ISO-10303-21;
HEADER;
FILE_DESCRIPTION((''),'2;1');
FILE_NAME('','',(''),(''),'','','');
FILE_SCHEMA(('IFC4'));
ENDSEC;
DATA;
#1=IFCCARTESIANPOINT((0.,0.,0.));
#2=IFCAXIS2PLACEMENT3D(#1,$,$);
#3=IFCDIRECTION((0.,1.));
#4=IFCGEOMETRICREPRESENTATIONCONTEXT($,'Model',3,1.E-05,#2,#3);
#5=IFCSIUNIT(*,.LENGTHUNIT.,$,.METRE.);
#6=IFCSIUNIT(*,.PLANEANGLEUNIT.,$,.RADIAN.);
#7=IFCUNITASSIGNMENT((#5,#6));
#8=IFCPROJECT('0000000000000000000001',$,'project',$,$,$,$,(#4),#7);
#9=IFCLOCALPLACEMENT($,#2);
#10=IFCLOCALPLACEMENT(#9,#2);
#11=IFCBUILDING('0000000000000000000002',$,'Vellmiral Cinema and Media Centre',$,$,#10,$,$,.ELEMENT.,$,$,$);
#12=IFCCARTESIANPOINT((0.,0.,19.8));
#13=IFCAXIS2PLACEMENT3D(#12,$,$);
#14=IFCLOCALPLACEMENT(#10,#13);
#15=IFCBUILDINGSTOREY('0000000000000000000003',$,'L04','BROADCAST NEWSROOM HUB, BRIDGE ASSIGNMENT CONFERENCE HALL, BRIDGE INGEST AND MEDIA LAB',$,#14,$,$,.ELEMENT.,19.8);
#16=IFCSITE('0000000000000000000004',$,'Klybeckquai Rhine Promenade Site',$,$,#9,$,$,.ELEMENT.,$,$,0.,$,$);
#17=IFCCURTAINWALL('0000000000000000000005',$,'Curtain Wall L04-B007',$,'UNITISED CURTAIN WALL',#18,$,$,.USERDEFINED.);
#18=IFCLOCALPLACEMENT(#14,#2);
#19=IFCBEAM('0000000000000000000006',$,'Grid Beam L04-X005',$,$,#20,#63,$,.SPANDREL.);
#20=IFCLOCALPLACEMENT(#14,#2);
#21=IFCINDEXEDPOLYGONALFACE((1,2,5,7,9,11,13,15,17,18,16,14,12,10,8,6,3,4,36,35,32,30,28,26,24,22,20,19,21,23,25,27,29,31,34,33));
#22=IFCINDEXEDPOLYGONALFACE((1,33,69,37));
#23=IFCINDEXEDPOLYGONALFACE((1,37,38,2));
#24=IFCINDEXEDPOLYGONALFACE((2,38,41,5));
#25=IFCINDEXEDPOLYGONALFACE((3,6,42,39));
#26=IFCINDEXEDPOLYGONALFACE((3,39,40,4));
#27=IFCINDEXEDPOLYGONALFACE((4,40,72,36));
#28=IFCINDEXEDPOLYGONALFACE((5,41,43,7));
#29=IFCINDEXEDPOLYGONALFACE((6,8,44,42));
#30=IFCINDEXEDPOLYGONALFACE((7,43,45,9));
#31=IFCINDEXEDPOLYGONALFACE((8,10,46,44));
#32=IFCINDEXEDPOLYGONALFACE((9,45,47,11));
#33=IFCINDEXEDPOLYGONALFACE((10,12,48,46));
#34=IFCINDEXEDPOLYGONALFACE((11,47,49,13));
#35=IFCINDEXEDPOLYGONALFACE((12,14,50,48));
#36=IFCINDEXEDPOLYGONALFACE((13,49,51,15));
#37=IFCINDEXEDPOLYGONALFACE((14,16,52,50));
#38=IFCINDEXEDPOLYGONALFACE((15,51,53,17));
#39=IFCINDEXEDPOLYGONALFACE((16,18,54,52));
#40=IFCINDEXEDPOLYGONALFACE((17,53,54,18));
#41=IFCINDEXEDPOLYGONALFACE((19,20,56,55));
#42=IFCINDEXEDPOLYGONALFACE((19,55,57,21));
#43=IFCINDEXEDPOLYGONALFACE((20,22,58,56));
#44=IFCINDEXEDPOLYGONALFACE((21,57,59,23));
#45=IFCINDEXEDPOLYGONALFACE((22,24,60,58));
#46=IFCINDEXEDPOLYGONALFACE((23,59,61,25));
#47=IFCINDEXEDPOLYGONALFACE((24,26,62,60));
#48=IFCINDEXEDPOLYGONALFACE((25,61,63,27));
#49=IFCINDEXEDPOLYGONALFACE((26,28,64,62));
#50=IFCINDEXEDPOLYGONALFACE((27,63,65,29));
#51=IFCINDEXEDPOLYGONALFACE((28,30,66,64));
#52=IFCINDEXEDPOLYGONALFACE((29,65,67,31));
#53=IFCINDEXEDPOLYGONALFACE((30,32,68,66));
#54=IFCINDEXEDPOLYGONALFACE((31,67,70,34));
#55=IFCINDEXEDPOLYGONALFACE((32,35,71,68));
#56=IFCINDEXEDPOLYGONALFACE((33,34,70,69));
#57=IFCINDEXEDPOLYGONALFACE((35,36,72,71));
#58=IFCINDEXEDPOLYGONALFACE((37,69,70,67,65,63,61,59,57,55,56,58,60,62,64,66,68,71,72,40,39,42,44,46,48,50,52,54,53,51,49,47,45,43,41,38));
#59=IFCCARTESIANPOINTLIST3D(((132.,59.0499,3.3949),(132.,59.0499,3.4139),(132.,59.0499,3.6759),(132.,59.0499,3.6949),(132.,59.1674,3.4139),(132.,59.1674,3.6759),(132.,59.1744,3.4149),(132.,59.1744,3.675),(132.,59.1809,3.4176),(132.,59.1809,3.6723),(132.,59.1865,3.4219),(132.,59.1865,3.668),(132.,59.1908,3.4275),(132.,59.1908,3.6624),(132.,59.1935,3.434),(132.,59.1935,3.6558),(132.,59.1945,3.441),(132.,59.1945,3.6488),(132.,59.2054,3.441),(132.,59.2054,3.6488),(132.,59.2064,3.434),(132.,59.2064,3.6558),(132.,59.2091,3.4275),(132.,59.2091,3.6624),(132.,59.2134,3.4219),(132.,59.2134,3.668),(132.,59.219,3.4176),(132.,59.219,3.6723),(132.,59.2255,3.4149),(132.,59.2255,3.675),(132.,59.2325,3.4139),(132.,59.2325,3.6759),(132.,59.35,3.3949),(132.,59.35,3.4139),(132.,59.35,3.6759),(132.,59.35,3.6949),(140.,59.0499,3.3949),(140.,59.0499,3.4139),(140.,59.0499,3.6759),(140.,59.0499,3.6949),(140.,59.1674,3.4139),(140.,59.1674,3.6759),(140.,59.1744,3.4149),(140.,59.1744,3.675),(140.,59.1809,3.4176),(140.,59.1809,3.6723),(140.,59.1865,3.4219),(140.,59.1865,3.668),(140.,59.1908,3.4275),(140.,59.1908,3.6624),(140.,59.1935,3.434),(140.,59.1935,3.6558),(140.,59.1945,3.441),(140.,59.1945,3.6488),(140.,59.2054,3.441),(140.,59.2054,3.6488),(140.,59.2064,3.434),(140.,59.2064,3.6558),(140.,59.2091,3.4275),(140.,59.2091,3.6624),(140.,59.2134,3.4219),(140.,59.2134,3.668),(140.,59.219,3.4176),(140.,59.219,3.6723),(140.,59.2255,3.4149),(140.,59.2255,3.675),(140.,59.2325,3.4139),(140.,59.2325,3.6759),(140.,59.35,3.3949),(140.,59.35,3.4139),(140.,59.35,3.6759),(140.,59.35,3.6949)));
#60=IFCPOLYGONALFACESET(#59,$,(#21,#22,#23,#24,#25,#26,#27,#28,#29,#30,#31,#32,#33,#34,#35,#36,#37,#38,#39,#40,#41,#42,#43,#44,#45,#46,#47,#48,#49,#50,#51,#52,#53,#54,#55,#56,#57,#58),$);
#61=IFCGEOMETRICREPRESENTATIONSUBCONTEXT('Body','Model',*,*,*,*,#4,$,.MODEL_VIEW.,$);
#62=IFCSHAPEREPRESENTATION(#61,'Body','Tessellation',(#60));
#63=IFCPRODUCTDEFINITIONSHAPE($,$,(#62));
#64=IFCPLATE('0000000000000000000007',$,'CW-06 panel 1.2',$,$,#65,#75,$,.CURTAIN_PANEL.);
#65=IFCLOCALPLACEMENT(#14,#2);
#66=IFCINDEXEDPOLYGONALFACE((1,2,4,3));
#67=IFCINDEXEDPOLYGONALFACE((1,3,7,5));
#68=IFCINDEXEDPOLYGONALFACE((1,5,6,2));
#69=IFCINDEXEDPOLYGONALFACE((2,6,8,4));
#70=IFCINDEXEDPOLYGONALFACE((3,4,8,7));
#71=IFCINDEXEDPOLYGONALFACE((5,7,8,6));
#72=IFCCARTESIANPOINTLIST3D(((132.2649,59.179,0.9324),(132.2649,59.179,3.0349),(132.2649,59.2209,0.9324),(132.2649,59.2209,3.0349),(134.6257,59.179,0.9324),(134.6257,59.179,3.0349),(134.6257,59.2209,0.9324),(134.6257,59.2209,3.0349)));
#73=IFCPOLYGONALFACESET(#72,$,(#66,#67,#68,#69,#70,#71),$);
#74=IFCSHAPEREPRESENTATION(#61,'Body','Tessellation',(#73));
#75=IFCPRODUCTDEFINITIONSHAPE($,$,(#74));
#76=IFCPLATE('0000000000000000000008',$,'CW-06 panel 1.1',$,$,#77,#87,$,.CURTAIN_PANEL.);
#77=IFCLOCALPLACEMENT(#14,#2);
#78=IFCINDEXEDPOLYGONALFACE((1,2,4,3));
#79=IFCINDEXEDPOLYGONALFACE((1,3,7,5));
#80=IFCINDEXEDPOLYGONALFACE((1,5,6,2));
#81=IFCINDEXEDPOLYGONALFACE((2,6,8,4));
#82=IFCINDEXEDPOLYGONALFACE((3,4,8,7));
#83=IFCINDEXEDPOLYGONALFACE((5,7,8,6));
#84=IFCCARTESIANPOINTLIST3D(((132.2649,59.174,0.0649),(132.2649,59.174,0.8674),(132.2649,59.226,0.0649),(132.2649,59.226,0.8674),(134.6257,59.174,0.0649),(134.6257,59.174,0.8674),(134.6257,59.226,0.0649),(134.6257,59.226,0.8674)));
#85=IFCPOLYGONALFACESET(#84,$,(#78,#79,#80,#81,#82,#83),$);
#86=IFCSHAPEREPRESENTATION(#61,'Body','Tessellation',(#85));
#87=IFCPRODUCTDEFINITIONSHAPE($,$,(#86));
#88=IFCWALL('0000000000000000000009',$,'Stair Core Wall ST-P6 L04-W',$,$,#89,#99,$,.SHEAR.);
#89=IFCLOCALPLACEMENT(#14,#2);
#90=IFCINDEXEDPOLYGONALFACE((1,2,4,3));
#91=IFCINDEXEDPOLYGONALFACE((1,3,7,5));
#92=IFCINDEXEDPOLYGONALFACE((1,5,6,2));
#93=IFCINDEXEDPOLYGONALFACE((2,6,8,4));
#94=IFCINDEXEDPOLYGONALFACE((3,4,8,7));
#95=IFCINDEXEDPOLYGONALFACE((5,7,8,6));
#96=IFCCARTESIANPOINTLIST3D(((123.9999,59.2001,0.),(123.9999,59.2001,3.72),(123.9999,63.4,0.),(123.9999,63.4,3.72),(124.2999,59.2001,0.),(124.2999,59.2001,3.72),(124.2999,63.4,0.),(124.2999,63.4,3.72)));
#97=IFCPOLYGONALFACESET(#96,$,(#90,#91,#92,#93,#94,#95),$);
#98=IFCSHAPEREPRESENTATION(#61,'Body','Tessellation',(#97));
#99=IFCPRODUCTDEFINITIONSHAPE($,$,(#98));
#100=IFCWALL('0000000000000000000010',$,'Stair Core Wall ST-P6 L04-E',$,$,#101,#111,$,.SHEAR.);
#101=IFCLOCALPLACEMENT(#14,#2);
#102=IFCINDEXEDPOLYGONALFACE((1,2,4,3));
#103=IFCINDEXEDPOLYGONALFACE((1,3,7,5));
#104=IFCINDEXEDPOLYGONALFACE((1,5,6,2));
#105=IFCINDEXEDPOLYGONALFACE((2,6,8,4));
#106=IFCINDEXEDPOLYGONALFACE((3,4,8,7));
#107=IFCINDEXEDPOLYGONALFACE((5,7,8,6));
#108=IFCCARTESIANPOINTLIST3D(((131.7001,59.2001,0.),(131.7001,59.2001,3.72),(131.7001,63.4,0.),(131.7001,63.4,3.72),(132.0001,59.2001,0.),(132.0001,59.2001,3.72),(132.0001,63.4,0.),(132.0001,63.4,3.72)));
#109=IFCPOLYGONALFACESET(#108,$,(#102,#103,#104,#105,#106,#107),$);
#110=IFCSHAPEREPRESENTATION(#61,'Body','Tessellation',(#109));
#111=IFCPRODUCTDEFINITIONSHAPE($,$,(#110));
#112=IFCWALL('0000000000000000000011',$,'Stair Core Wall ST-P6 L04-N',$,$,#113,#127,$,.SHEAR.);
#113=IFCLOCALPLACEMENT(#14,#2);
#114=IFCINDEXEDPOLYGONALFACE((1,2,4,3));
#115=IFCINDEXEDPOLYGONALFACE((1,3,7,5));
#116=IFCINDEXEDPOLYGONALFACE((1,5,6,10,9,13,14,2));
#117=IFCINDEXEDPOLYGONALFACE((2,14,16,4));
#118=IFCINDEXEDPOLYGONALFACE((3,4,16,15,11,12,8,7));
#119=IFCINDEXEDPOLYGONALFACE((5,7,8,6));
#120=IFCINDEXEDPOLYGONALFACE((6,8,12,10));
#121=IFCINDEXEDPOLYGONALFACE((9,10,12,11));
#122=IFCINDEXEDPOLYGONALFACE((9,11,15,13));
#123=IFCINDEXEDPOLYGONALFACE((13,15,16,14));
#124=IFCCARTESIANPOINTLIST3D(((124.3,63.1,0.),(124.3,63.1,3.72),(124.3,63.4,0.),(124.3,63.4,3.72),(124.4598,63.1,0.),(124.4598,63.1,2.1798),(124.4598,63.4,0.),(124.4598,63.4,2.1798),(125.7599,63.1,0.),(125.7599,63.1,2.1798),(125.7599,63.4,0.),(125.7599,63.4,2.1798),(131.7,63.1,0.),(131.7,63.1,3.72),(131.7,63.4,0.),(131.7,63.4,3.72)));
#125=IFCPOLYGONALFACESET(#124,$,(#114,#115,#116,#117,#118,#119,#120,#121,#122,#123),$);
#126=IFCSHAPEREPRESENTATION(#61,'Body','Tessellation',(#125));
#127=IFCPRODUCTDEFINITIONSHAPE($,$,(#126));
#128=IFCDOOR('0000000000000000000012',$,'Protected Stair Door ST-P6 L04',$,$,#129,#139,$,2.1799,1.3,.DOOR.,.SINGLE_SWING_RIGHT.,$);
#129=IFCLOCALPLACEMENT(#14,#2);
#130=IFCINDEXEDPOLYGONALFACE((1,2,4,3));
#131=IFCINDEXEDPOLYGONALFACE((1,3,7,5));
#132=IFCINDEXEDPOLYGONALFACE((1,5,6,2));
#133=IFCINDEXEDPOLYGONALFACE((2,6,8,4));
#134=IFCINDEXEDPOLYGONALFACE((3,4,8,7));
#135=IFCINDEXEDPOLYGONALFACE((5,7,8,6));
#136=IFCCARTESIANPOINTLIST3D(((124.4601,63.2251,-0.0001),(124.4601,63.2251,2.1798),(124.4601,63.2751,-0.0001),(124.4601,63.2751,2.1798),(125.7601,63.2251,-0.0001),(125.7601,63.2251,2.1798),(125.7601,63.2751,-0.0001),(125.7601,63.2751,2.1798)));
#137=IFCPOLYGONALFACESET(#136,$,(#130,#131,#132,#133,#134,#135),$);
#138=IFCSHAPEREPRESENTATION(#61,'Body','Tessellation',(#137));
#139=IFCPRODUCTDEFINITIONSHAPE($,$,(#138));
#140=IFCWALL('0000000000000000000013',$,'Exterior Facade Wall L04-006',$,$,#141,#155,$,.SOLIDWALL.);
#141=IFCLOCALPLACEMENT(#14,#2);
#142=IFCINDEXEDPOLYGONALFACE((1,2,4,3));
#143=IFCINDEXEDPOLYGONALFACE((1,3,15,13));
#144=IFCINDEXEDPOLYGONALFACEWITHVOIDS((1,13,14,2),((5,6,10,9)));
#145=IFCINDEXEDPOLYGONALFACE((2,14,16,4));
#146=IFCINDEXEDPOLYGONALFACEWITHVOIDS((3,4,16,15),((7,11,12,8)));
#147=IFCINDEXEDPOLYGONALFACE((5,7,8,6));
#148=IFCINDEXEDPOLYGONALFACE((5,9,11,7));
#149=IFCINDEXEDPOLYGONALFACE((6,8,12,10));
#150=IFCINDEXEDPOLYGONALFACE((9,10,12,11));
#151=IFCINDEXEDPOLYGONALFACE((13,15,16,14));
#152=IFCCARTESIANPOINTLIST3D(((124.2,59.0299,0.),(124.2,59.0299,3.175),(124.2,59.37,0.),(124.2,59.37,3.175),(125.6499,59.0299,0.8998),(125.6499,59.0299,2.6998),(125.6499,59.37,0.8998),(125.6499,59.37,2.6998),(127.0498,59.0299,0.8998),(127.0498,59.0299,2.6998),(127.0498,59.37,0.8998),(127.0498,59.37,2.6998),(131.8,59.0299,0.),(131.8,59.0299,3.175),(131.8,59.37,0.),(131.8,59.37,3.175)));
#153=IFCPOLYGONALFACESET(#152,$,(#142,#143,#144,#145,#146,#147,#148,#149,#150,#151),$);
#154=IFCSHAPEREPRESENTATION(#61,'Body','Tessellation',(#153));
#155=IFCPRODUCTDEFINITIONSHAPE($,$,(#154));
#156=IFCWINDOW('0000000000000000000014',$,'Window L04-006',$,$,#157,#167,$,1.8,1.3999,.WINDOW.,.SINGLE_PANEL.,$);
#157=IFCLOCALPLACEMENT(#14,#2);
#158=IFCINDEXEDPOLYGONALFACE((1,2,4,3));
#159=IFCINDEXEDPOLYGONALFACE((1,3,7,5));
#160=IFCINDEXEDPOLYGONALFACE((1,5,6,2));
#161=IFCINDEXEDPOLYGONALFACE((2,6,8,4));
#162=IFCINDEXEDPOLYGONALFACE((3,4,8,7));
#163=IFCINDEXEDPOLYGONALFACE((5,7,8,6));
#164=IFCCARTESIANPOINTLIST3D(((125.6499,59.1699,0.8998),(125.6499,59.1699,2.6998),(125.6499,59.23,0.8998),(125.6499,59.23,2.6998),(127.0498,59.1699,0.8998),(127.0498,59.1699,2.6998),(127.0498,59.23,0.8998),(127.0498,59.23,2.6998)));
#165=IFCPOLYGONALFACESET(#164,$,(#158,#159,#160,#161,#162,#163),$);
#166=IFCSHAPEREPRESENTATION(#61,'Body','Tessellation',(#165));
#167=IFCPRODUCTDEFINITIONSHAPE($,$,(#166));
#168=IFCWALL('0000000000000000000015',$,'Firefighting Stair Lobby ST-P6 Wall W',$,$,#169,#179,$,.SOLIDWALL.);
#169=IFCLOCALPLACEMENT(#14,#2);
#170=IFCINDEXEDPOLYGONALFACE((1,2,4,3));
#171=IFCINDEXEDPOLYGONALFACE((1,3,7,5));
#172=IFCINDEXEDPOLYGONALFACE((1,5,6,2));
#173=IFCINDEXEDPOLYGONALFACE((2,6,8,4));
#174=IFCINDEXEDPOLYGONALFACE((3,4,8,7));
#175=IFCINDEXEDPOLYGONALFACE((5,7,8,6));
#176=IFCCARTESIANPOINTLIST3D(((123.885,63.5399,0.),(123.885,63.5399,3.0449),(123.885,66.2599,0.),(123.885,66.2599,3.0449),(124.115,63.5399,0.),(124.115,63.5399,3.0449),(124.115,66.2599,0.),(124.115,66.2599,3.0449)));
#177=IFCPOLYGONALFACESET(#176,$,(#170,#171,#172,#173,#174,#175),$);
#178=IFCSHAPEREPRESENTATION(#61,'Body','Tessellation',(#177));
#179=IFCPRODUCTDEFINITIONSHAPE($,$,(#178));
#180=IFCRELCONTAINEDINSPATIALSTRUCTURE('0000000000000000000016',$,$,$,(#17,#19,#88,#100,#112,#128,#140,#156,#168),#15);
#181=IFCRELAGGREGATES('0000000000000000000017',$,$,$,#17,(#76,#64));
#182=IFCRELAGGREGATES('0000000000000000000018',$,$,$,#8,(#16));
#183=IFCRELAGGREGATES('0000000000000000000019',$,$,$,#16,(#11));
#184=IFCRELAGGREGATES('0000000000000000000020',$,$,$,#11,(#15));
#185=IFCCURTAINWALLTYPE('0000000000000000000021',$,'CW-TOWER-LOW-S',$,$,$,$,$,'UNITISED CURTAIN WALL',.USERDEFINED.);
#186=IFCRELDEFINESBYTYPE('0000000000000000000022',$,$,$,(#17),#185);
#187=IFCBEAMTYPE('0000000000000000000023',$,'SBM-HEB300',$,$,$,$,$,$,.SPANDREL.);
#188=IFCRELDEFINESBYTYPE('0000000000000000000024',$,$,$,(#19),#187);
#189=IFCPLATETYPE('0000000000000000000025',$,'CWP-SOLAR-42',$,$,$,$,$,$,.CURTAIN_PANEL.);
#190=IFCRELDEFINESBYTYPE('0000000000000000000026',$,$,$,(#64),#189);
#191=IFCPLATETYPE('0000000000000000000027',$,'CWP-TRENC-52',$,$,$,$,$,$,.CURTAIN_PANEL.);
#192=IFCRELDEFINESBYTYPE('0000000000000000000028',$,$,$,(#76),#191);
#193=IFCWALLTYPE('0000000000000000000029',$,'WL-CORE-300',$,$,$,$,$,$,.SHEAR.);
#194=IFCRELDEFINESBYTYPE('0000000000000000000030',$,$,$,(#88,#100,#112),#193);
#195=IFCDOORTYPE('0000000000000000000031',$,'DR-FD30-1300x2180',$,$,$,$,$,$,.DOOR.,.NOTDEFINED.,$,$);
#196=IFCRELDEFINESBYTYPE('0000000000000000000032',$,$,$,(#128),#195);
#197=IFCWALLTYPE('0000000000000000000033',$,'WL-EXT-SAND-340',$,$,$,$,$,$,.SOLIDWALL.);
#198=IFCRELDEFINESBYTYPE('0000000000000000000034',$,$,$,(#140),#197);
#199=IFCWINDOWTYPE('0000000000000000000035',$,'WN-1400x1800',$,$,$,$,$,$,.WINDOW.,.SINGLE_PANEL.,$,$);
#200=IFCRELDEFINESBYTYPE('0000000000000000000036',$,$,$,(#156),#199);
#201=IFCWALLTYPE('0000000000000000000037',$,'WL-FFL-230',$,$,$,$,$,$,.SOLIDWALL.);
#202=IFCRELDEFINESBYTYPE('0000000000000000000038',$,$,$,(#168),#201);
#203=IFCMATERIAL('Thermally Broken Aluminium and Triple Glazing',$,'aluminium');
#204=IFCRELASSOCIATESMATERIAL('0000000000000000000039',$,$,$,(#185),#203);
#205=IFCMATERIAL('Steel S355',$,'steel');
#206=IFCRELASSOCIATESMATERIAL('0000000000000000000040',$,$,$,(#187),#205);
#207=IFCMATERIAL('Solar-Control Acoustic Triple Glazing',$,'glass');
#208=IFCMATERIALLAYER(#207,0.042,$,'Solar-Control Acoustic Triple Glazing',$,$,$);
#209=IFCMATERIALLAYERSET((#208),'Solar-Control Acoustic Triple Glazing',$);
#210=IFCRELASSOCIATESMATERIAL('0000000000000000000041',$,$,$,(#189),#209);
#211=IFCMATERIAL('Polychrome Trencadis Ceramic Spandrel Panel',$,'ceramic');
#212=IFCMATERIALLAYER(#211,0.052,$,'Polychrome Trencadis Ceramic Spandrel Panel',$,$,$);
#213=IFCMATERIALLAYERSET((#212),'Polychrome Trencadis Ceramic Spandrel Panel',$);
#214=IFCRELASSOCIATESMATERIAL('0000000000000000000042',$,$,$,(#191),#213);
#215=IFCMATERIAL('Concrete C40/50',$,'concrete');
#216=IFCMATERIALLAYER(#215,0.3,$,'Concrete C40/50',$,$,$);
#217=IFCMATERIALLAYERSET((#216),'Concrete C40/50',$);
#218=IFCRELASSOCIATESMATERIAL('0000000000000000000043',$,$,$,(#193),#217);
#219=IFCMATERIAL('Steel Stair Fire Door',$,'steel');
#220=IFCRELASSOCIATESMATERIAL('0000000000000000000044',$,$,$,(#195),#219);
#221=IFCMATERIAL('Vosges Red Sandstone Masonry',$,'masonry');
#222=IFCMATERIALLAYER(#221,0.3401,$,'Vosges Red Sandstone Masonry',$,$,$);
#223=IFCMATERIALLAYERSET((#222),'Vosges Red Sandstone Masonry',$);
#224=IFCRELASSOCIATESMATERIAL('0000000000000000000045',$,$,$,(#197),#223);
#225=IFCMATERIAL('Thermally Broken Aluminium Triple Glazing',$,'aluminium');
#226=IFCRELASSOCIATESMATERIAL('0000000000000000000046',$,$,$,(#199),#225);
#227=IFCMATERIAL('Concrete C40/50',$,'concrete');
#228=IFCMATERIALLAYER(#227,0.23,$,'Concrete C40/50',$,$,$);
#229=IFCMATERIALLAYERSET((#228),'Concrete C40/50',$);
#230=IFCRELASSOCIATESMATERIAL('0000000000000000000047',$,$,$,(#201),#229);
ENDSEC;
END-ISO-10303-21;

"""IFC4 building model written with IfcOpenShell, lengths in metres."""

from ifc_helpers import new_model, si_unit, direction, frame, frame_2d, origin, origin_2d, place, context, subcontext, project, spatial, rectangle, i_section, extrude, material, layer, layer_set, material_profile, profile_set, type_object, element, fill, aggregate, save


model = new_model("IFC4")

# Units and contexts
model_context = context("Model", 3, precision=1e-05, world=origin(), true_north=direction((0.0, 1.0)))
body_context = subcontext(model_context, "Body", "Model", "MODEL_VIEW")
ifc_project = project(units=[si_unit("LENGTHUNIT", "METRE"), si_unit("PLANEANGLEUNIT", "RADIAN")], contexts=[model_context])

# Site, building, storey
site_placement = place(None, origin())
site = spatial("IfcSite", under=ifc_project, at=site_placement, Name="Klybeckquai Rhine Promenade Site", CompositionType="ELEMENT", RefElevation=0.0)
building_placement = place(site_placement, origin())
building = spatial("IfcBuilding", under=site, at=building_placement, Name="Vellmiral Cinema and Media Centre", CompositionType="ELEMENT")
storey_placement = place(building_placement, frame((0.0, 0.0, 19.8)))
storey = spatial("IfcBuildingStorey", under=building, at=storey_placement, Name="L04", Description="BROADCAST NEWSROOM HUB, BRIDGE ASSIGNMENT CONFERENCE HALL, BRIDGE INGEST AND MEDIA LAB", CompositionType="ELEMENT", Elevation=19.8)

# Curtain wall
ifc_material_1 = material(Name="Thermally Broken Aluminium and Triple Glazing", Category="aluminium")
curtain_wall_type = type_object("IfcCurtainWallType", Name="CW-TOWER-LOW-S", ElementType="UNITISED CURTAIN WALL", PredefinedType="USERDEFINED", material=ifc_material_1)
curtain_wall_placement = place(storey_placement, origin())
curtain_wall = element("IfcCurtainWall", 1, at=curtain_wall_placement, inside=storey, type_object=curtain_wall_type, Name="Curtain Wall L04-B007", ObjectType="UNITISED CURTAIN WALL", PredefinedType="USERDEFINED")

# Beam
ifc_material_2 = material(Name="Steel S355", Category="steel")
ifc_material_profile_1 = material_profile(ifc_material_2, i_section(OverallWidth=0.3, OverallDepth=0.3, WebThickness=0.011, FlangeThickness=0.019, FilletRadius=0.0271, at=origin_2d()), Name="HEB 300")
ifc_profile_set_1 = profile_set([ifc_material_profile_1], Name="Steel S355")
beam_type_1 = type_object("IfcBeamType", Name="SBM-HEB300", PredefinedType="SPANDREL", material=ifc_profile_set_1)
beam_1_placement = place(storey_placement, frame((132.0, 59.2, 3.5449), z_axis=(1.0, 0.0, 0.0), x_axis=(0.0, 1.0, 0.0)))
element("IfcBeam", 2, at=beam_1_placement, inside=storey, type_object=beam_type_1, Name="Grid Beam L04-X005", PredefinedType="SPANDREL", context=body_context, shape_type="SweptSolid", body=[
    extrude(i_section(OverallWidth=0.3, OverallDepth=0.3, WebThickness=0.011, FlangeThickness=0.019, FilletRadius=0.0271, at=origin_2d()), origin(), (0.0, 0.0, 1.0), 8.0),
])

# Plates
ifc_material_3 = material(Name="Solar-Control Acoustic Triple Glazing", Category="glass")
ifc_layer_1 = layer(ifc_material_3, 0.042, Name="Solar-Control Acoustic Triple Glazing")
ifc_layer_set_1 = layer_set([ifc_layer_1], Name="Solar-Control Acoustic Triple Glazing")
plate_type_1 = type_object("IfcPlateType", Name="CWP-SOLAR-42", PredefinedType="CURTAIN_PANEL", material=ifc_layer_set_1)
plate_1_placement = place(storey_placement, frame((133.4453, 59.2, 0.9324), z_axis=(0.0, 0.0, 1.0), x_axis=(1.0, 0.0, 0.0)))
plate_1 = element("IfcPlate", 3, at=plate_1_placement, type_object=plate_type_1, Name="CW-06 panel 1.2", PredefinedType="CURTAIN_PANEL", context=body_context, shape_type="SweptSolid", body=[
    extrude(rectangle(XDim=2.3608, YDim=0.042, at=origin_2d()), origin(), (0.0, 0.0, 1.0), 2.1025),
])
ifc_material_4 = material(Name="Polychrome Trencadis Ceramic Spandrel Panel", Category="ceramic")
ifc_layer_2 = layer(ifc_material_4, 0.052, Name="Polychrome Trencadis Ceramic Spandrel Panel")
ifc_layer_set_2 = layer_set([ifc_layer_2], Name="Polychrome Trencadis Ceramic Spandrel Panel")
plate_type_2 = type_object("IfcPlateType", Name="CWP-TRENC-52", PredefinedType="CURTAIN_PANEL", material=ifc_layer_set_2)
plate_2_placement = place(storey_placement, frame((133.4453, 59.2, 0.0649), z_axis=(0.0, 0.0, 1.0), x_axis=(1.0, 0.0, 0.0)))
plate_2 = element("IfcPlate", 4, at=plate_2_placement, type_object=plate_type_2, Name="CW-06 panel 1.1", PredefinedType="CURTAIN_PANEL", context=body_context, shape_type="SweptSolid", body=[
    extrude(rectangle(XDim=2.3608, YDim=0.052, at=origin_2d()), origin(), (0.0, 0.0, 1.0), 0.8025),
])
aggregate(curtain_wall, [plate_2, plate_1])

# Walls
ifc_material_5 = material(Name="Concrete C40/50", Category="concrete")
ifc_layer_3 = layer(ifc_material_5, 0.3, Name="Concrete C40/50")
ifc_layer_set_3 = layer_set([ifc_layer_3], Name="Concrete C40/50")
wall_type_1 = type_object("IfcWallType", Name="WL-CORE-300", PredefinedType="SHEAR", material=ifc_layer_set_3)
for number, where, z_axis, x_axis, name in (
    (5, (124.1499, 59.2, 0.0), (0.0, 0.0, 1.0), (0.0, 1.0, 0.0), "Stair Core Wall ST-P6 L04-W"),
    (6, (131.8501, 59.2, 0.0), (0.0, 0.0, 1.0), (0.0, 1.0, 0.0), "Stair Core Wall ST-P6 L04-E"),
):
    element("IfcWall", number, at=place(storey_placement, frame(where, z_axis=z_axis, x_axis=x_axis)), inside=storey, type_object=wall_type_1, Name=name, PredefinedType="SHEAR", context=body_context, shape_type="SweptSolid", body=[
        extrude(rectangle(XDim=4.2, YDim=0.3, at=frame_2d((2.1001, 0.0))), origin(), (0.0, 0.0, 1.0), 3.72),
    ])

# Wall, opening, door
wall_1_placement = place(storey_placement, frame((124.3, 63.25, 0.0), z_axis=(0.0, 0.0, 1.0), x_axis=(1.0, 0.0, 0.0)))
wall_1 = element("IfcWall", 7, at=wall_1_placement, inside=storey, type_object=wall_type_1, Name="Stair Core Wall ST-P6 L04-N", PredefinedType="SHEAR", context=body_context, shape_type="SweptSolid", body=[
    extrude(rectangle(XDim=7.3999, YDim=0.3, at=frame_2d((3.7, 0.0))), origin(), (0.0, 0.0, 1.0), 3.72),
])
opening_1_placement = place(wall_1_placement, frame((0.1599, 0.0, 0.0)))
opening_1 = element("IfcOpeningElement", 8, at=opening_1_placement, cuts=wall_1, PredefinedType="OPENING", context=body_context, shape_type="SweptSolid", body=[
    extrude(rectangle(XDim=1.3, YDim=2.1799, at=frame_2d((0.6499, 1.0898))), frame((0.0, 0.1621, 0.0), z_axis=(0.0, -1.0, 0.0), x_axis=(1.0, 0.0, 0.0)), (0.0, 0.0, 1.0), 0.324),
])
ifc_material_6 = material(Name="Steel Stair Fire Door", Category="steel")
door_type = type_object("IfcDoorType", Name="DR-FD30-1300x2180", OperationType="NOTDEFINED", PredefinedType="DOOR", material=ifc_material_6)
door_placement = place(opening_1_placement, frame((1.3, 0.0, 0.0), z_axis=(0.0, 0.0, 1.0), x_axis=(-1.0, 0.0, 0.0)))
door = element("IfcDoor", 9, at=door_placement, inside=storey, type_object=door_type, Name="Protected Stair Door ST-P6 L04", OperationType="SINGLE_SWING_RIGHT", OverallHeight=2.1799, OverallWidth=1.3, PredefinedType="DOOR", context=body_context, shape_type="SweptSolid", body=[
    extrude(rectangle(XDim=1.3, YDim=2.1799, at=frame_2d((0.6499, 1.0898))), frame((0.0, 0.0249, 0.0), z_axis=(0.0, -1.0, 0.0), x_axis=(1.0, 0.0, 0.0)), (0.0, 0.0, 1.0), 0.05),
])
fill(opening_1, door)

# Wall, opening, window
ifc_material_7 = material(Name="Vosges Red Sandstone Masonry", Category="masonry")
ifc_layer_4 = layer(ifc_material_7, 0.3401, Name="Vosges Red Sandstone Masonry")
ifc_layer_set_4 = layer_set([ifc_layer_4], Name="Vosges Red Sandstone Masonry")
wall_type_2 = type_object("IfcWallType", Name="WL-EXT-SAND-340", PredefinedType="SOLIDWALL", material=ifc_layer_set_4)
wall_2_placement = place(storey_placement, frame((124.2, 59.2, 0.0), z_axis=(0.0, 0.0, 1.0), x_axis=(1.0, 0.0, 0.0)))
wall_2 = element("IfcWall", 10, at=wall_2_placement, inside=storey, type_object=wall_type_2, Name="Exterior Facade Wall L04-006", PredefinedType="SOLIDWALL", context=body_context, shape_type="SweptSolid", body=[
    extrude(rectangle(XDim=7.6001, YDim=0.3401, at=frame_2d((3.8, 0.0))), origin(), (0.0, 0.0, 1.0), 3.175),
])
opening_2_placement = place(wall_2_placement, frame((1.45, 0.0, 0.8999)))
opening_2 = element("IfcOpeningElement", 11, at=opening_2_placement, cuts=wall_2, PredefinedType="OPENING", context=body_context, shape_type="SweptSolid", body=[
    extrude(rectangle(XDim=1.3999, YDim=1.8, at=frame_2d((0.7, 0.8999))), frame((0.0, 0.1821, 0.0), z_axis=(0.0, -1.0, 0.0), x_axis=(1.0, 0.0, 0.0)), (0.0, 0.0, 1.0), 0.364),
])
ifc_material_8 = material(Name="Thermally Broken Aluminium Triple Glazing", Category="aluminium")
window_type = type_object("IfcWindowType", Name="WN-1400x1800", PartitioningType="SINGLE_PANEL", PredefinedType="WINDOW", material=ifc_material_8)
window_placement = place(opening_2_placement, origin())
window = element("IfcWindow", 12, at=window_placement, inside=storey, type_object=window_type, Name="Window L04-006", OverallHeight=1.8, OverallWidth=1.3999, PartitioningType="SINGLE_PANEL", PredefinedType="WINDOW", context=body_context, shape_type="SweptSolid", body=[
    extrude(rectangle(XDim=1.3999, YDim=1.8, at=frame_2d((0.7, 0.8999))), frame((0.0, 0.03, 0.0), z_axis=(0.0, -1.0, 0.0), x_axis=(1.0, 0.0, 0.0)), (0.0, 0.0, 1.0), 0.0601),
])
fill(opening_2, window)

# Wall
ifc_material_9 = material(Name="Concrete C40/50", Category="concrete")
ifc_layer_5 = layer(ifc_material_9, 0.23, Name="Concrete C40/50")
ifc_layer_set_5 = layer_set([ifc_layer_5], Name="Concrete C40/50")
wall_type_3 = type_object("IfcWallType", Name="WL-FFL-230", PredefinedType="SOLIDWALL", material=ifc_layer_set_5)
wall_3_placement = place(storey_placement, frame((124.0, 63.54, 0.0), z_axis=(0.0, 0.0, 1.0), x_axis=(0.0, 1.0, 0.0)))
element("IfcWall", 13, at=wall_3_placement, inside=storey, type_object=wall_type_3, Name="Firefighting Stair Lobby ST-P6 Wall W", PredefinedType="SOLIDWALL", context=body_context, shape_type="SweptSolid", body=[
    extrude(rectangle(XDim=2.72, YDim=0.23, at=frame_2d((1.3599, 0.0))), origin(), (0.0, 0.0, 1.0), 3.0449),
])

save(model, "model.ifc")
